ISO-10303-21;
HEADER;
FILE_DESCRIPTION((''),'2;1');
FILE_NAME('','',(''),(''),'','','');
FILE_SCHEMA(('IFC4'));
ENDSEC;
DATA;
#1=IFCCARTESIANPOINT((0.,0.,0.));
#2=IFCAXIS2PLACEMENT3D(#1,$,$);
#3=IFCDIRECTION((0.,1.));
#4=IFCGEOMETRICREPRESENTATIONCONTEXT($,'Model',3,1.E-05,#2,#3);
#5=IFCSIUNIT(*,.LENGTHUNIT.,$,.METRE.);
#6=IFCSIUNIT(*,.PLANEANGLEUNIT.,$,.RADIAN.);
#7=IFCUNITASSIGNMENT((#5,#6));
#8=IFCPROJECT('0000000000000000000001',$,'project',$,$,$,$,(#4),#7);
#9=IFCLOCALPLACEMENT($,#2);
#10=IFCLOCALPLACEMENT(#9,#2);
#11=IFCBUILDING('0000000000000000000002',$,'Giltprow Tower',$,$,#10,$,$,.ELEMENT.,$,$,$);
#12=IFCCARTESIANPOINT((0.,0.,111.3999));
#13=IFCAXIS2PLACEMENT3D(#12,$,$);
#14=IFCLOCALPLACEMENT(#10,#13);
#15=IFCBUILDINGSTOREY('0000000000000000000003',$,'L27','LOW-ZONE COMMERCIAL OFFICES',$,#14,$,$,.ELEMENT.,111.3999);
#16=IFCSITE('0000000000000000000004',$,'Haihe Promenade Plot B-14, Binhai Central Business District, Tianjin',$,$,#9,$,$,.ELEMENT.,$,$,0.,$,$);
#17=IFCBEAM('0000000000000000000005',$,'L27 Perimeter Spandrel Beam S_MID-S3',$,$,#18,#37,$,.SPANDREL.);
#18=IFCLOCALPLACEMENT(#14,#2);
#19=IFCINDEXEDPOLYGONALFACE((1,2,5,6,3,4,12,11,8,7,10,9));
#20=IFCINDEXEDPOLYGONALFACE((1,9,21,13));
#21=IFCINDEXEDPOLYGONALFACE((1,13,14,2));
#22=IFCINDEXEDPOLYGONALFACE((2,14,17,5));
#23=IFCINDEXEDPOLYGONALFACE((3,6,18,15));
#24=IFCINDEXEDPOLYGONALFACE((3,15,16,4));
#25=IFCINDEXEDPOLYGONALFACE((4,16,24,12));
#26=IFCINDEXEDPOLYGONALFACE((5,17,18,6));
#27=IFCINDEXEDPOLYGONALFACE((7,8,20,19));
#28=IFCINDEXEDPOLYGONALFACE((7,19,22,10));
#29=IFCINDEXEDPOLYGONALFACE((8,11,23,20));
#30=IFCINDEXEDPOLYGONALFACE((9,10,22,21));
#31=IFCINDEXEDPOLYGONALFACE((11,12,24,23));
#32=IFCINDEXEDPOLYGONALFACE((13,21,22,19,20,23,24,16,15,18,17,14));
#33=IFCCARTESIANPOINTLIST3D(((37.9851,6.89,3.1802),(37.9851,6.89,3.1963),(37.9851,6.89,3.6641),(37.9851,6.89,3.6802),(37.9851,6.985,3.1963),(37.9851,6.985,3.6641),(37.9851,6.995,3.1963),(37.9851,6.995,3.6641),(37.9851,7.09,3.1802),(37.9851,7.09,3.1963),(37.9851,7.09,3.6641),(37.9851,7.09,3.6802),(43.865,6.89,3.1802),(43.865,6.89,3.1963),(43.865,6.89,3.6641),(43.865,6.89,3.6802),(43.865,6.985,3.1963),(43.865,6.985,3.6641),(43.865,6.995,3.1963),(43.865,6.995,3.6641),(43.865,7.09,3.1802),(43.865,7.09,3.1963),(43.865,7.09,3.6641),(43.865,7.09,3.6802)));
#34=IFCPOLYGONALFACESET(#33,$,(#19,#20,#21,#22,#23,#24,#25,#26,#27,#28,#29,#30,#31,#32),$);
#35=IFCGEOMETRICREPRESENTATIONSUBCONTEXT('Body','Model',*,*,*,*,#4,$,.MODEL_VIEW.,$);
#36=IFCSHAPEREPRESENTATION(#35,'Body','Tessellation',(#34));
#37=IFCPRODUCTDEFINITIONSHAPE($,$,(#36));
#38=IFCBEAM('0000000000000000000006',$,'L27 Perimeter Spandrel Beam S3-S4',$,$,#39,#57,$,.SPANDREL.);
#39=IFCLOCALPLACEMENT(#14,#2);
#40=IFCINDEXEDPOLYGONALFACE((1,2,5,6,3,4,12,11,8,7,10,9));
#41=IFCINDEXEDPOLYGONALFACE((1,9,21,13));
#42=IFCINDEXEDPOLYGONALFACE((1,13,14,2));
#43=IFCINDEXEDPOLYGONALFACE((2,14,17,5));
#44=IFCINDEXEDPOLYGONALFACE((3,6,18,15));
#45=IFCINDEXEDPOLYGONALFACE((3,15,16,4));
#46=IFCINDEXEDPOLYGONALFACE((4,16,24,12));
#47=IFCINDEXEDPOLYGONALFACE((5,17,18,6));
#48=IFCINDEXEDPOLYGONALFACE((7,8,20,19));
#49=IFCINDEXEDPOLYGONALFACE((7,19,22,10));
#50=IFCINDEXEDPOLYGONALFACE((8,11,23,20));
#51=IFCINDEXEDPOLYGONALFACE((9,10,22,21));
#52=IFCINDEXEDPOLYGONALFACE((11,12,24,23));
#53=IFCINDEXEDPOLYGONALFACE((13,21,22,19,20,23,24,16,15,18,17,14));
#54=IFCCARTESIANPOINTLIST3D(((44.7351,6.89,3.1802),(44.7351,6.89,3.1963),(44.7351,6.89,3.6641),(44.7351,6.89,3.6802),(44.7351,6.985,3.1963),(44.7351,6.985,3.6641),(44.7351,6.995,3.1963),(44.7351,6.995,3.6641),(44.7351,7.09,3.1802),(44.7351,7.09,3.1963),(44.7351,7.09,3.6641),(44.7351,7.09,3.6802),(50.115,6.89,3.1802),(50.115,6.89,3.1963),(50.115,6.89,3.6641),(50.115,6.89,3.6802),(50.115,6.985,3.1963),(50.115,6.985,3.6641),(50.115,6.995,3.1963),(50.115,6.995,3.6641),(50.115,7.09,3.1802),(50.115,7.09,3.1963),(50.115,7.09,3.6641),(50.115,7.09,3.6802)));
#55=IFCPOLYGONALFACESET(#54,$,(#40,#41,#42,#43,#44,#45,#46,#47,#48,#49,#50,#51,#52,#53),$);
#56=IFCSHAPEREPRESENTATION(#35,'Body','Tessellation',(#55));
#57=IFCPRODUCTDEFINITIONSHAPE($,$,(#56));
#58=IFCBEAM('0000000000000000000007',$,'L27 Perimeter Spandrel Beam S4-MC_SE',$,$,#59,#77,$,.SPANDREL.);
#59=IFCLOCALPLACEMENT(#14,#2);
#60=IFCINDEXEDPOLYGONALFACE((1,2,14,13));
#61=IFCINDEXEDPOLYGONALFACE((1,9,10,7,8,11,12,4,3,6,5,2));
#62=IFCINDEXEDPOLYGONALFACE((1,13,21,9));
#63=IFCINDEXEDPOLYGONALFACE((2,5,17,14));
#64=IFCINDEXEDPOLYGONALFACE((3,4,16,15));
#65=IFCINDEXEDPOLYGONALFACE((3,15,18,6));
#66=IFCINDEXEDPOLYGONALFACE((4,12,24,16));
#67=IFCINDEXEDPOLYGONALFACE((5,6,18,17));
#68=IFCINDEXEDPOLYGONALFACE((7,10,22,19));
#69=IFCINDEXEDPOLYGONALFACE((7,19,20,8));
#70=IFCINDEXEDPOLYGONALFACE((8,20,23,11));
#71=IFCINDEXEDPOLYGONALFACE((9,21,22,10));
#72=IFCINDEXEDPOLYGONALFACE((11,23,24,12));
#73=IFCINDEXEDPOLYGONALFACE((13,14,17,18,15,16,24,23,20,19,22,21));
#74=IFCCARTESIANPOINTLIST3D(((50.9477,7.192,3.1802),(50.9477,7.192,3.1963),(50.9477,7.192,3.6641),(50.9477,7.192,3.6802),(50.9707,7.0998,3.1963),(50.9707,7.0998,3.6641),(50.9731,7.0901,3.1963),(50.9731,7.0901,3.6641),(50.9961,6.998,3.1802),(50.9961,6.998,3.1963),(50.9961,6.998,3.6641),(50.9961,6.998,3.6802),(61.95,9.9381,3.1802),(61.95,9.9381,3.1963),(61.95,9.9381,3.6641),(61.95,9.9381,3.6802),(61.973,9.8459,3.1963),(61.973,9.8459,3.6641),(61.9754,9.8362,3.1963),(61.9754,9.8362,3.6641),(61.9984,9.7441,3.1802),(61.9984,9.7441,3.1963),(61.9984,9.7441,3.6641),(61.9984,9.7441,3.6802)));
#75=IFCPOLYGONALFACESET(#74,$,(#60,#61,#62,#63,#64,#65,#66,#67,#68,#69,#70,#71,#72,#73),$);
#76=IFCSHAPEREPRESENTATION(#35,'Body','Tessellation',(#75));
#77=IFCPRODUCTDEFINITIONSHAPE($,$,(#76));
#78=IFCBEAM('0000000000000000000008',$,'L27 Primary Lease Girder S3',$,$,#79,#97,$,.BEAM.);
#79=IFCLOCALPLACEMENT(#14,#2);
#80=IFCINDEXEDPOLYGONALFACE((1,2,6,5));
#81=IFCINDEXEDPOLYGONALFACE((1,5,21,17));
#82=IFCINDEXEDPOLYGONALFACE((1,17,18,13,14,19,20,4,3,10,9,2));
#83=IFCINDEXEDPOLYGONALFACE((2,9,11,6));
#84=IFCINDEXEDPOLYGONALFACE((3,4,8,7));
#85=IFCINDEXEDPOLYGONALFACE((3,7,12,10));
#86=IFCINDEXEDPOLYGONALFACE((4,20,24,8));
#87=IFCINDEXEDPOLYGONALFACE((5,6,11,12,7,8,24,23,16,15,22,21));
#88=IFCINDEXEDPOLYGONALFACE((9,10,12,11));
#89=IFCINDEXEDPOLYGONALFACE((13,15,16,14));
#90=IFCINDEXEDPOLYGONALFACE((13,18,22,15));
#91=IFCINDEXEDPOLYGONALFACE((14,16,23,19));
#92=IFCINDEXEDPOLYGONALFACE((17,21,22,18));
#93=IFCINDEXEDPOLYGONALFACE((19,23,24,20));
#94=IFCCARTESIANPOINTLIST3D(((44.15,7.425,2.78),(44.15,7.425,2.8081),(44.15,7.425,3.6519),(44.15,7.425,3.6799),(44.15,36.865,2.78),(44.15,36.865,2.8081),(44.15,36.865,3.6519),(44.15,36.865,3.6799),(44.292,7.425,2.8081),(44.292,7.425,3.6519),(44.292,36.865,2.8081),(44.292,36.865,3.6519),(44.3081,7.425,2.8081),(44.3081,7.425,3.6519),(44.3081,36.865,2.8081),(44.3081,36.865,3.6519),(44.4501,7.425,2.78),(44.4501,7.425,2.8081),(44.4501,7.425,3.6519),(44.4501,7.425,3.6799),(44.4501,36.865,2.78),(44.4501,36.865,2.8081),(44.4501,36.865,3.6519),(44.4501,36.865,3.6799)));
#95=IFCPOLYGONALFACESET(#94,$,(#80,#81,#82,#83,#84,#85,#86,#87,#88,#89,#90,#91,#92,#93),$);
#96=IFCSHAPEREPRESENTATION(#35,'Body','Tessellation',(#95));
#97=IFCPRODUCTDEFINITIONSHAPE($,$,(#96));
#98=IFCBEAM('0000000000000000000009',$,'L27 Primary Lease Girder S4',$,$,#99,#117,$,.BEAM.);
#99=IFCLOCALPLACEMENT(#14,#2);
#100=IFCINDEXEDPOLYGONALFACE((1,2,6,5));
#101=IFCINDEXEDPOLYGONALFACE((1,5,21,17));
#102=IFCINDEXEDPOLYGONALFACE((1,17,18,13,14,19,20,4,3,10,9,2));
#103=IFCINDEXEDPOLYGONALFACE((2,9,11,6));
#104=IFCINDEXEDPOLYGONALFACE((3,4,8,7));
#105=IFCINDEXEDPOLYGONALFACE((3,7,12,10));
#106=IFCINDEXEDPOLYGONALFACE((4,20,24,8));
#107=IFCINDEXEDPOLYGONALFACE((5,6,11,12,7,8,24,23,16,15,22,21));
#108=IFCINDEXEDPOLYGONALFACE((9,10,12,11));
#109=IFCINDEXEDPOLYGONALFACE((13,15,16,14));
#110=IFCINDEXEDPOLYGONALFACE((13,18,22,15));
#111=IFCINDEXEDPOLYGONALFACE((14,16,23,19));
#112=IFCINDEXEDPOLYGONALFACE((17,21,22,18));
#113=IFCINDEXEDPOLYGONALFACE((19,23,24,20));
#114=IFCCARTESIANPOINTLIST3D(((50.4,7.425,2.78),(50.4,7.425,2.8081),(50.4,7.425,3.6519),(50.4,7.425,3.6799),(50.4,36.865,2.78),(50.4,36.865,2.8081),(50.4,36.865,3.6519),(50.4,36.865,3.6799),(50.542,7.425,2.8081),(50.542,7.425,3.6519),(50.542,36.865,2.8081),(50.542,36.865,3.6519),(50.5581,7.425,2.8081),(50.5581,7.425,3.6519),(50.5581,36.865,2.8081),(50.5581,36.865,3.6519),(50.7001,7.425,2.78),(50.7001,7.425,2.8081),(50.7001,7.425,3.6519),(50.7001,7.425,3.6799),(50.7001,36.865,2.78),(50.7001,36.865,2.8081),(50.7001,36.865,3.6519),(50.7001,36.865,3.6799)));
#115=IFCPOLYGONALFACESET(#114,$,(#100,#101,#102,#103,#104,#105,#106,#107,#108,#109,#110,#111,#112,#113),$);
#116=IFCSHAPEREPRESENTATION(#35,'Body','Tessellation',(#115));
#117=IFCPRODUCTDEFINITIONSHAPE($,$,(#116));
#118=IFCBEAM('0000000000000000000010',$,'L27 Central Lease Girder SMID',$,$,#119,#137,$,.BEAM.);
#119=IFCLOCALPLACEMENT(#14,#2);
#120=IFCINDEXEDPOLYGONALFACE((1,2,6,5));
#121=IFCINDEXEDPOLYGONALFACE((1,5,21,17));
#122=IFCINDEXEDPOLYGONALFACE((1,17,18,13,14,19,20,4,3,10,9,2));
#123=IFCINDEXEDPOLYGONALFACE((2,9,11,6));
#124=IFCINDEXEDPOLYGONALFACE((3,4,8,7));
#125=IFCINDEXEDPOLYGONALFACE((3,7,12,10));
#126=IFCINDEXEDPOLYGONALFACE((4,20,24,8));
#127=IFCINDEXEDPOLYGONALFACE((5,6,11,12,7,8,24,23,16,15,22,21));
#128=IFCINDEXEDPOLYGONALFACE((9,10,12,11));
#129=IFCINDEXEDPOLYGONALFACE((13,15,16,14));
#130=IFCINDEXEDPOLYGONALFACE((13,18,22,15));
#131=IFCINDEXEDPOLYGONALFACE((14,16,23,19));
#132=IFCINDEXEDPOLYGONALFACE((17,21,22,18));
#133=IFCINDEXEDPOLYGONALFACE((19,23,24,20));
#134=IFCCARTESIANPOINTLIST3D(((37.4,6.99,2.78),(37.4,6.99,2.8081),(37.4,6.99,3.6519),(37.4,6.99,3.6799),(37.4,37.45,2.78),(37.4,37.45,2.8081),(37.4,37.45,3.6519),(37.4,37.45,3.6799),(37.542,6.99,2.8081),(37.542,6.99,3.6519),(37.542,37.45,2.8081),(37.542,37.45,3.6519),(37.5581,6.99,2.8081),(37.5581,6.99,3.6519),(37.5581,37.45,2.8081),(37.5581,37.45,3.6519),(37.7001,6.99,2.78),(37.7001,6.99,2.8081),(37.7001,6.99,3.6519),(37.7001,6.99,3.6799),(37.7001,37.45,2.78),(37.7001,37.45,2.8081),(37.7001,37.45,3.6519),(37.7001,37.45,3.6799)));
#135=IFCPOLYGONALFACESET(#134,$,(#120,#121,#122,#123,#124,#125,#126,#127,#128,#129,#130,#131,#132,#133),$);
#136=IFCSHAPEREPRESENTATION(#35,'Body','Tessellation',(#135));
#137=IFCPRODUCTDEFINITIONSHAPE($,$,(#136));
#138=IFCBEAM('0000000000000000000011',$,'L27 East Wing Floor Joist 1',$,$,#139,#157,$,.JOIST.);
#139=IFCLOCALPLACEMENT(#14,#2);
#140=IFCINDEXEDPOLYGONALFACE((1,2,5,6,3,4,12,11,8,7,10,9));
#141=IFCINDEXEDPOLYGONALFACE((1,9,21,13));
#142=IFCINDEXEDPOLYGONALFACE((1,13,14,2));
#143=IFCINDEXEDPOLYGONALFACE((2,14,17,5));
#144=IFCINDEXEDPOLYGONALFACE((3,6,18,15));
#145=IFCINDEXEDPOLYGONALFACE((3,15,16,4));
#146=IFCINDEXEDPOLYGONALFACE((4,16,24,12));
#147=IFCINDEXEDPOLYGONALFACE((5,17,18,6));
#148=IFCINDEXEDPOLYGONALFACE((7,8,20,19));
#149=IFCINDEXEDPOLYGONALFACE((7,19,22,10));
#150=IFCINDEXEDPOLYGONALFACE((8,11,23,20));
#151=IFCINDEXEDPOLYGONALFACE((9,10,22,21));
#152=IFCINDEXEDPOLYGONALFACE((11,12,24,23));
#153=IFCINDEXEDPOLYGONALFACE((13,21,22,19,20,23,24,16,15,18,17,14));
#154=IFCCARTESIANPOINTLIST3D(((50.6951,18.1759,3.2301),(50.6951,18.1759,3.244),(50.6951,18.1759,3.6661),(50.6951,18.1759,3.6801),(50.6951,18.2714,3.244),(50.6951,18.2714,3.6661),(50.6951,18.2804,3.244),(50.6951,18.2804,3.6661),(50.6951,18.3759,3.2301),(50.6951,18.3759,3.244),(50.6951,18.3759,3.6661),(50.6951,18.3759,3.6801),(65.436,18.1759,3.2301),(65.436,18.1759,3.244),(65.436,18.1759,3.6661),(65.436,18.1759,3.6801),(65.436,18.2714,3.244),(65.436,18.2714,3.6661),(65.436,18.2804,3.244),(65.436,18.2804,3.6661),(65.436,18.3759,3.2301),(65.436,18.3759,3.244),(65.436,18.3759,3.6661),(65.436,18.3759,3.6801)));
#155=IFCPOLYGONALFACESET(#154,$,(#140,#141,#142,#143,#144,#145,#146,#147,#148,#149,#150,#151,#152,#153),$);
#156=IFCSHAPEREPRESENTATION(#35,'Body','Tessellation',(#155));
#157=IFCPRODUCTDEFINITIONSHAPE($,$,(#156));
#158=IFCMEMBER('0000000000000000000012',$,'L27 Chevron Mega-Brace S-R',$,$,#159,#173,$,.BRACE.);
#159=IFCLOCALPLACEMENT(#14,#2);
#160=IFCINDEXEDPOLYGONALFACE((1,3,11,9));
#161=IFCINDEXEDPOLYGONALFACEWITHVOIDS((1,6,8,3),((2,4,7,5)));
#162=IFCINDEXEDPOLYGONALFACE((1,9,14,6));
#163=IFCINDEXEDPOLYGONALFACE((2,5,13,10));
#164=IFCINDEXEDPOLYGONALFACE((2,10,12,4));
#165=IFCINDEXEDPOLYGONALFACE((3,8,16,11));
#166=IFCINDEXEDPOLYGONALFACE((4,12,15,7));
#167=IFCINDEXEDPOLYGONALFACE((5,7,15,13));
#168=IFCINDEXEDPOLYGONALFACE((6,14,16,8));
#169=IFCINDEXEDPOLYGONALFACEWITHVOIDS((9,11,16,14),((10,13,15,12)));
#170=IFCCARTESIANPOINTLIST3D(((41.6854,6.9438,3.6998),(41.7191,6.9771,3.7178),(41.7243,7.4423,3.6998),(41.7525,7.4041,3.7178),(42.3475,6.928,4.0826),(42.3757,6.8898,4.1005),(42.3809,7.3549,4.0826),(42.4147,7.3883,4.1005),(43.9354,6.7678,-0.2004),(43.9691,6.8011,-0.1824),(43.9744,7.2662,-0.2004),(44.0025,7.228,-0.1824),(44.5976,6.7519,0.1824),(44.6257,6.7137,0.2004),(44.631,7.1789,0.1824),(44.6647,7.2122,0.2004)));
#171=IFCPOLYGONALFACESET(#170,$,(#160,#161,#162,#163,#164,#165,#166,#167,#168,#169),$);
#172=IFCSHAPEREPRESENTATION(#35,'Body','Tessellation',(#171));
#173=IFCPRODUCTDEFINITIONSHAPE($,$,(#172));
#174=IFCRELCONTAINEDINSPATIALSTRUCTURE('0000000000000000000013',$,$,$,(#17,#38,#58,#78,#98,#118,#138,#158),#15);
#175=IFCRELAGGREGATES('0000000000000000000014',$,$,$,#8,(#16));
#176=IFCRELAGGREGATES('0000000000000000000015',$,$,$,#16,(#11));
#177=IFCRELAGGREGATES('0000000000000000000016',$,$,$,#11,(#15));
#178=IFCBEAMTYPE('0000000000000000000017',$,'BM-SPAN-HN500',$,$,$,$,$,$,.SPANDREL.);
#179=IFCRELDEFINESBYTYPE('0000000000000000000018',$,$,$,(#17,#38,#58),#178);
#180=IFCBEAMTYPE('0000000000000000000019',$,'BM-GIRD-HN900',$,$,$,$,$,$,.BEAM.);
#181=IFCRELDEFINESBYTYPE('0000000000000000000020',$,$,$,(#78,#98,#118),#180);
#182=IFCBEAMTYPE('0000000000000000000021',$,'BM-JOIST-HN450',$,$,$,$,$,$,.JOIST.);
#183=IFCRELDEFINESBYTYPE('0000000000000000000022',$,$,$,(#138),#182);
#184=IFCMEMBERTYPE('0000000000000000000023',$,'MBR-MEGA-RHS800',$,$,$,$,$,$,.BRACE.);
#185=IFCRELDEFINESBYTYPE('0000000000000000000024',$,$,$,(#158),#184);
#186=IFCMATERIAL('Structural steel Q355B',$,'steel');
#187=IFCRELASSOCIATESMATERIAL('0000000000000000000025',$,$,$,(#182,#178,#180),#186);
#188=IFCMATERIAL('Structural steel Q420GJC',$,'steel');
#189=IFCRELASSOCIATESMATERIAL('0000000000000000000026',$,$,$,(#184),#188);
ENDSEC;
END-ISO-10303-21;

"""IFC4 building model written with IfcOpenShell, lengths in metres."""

from ifc_helpers import new_model, si_unit, direction, frame, origin, origin_2d, place, context, subcontext, project, spatial, hollow_rectangle, i_section, extrude, source, transform, mapped, material, material_profile, profile_set, type_object, element, save


model = new_model("IFC4")

# Units and contexts
model_context = context("Model", 3, precision=1e-05, world=origin(), true_north=direction((0.0, 1.0)))
body_context = subcontext(model_context, "Body", "Model", "MODEL_VIEW")
ifc_project = project(units=[si_unit("LENGTHUNIT", "METRE"), si_unit("PLANEANGLEUNIT", "RADIAN")], contexts=[model_context])

# Site, building, storey
site_placement = place(None, origin())
site = spatial("IfcSite", under=ifc_project, at=site_placement, Name="Haihe Promenade Plot B-14, Binhai Central Business District, Tianjin", CompositionType="ELEMENT", RefElevation=0.0)
building_placement = place(site_placement, origin())
building = spatial("IfcBuilding", under=site, at=building_placement, Name="Giltprow Tower", CompositionType="ELEMENT")
storey_placement = place(building_placement, frame((0.0, 0.0, 111.3999)))
storey = spatial("IfcBuildingStorey", under=building, at=storey_placement, Name="L27", Description="LOW-ZONE COMMERCIAL OFFICES", CompositionType="ELEMENT", Elevation=111.3999)

# Shared definitions
ifc_material_1 = material(Name="Structural steel Q420GJC", Category="steel")

# Beams
ifc_material_2 = material(Name="Structural steel Q355B", Category="steel")
ifc_material_profile_1 = material_profile(ifc_material_2, i_section(OverallWidth=0.2, OverallDepth=0.45, WebThickness=0.009, FlangeThickness=0.0139, at=origin_2d()), Name="HN 450x200x9x14")
ifc_profile_set_1 = profile_set([ifc_material_profile_1], Name="Structural steel Q355B")
beam_type_1 = type_object("IfcBeamType", Name="BM-JOIST-HN450", PredefinedType="JOIST", material=ifc_profile_set_1)
ifc_material_profile_2 = material_profile(ifc_material_2, i_section(OverallWidth=0.2, OverallDepth=0.5, WebThickness=0.01, FlangeThickness=0.0161, at=origin_2d()), Name="HN 500x200x10x16")
ifc_profile_set_2 = profile_set([ifc_material_profile_2], Name="Structural steel Q355B")
beam_type_2 = type_object("IfcBeamType", Name="BM-SPAN-HN500", PredefinedType="SPANDREL", material=ifc_profile_set_2)
shared_shape_1 = source(origin(), body_context, "Body", "SweptSolid", [
    extrude(i_section(OverallWidth=0.2, OverallDepth=0.5, WebThickness=0.01, FlangeThickness=0.0161, at=origin_2d()), origin(), (0.0, 0.0, 1.0), 5.8799),
])
beam_1_placement = place(storey_placement, frame((37.9851, 6.99, 3.4302), z_axis=(1.0, 0.0, 0.0), x_axis=(0.0, 1.0, 0.0)))
element("IfcBeam", 1, at=beam_1_placement, inside=storey, type_object=beam_type_2, Name="L27 Perimeter Spandrel Beam S_MID-S3", PredefinedType="SPANDREL", context=body_context, shape_type="MappedRepresentation", body=[
    mapped(shared_shape_1, transform((0.0, 0.0, 0.0), x_axis=(1.0, 0.0, 0.0), y_axis=(0.0, 1.0, 0.0), z_axis=(0.0, 0.0, 1.0), scale=1.0)),
])
shared_shape_2 = source(origin(), body_context, "Body", "SweptSolid", [
    extrude(i_section(OverallWidth=0.2, OverallDepth=0.5, WebThickness=0.01, FlangeThickness=0.0161, at=origin_2d()), origin(), (0.0, 0.0, 1.0), 5.3799),
])
beam_2_placement = place(storey_placement, frame((44.7351, 6.99, 3.4302), z_axis=(1.0, 0.0, 0.0), x_axis=(0.0, 1.0, 0.0)))
element("IfcBeam", 2, at=beam_2_placement, inside=storey, type_object=beam_type_2, Name="L27 Perimeter Spandrel Beam S3-S4", PredefinedType="SPANDREL", context=body_context, shape_type="MappedRepresentation", body=[
    mapped(shared_shape_2, transform((0.0, 0.0, 0.0), x_axis=(1.0, 0.0, 0.0), y_axis=(0.0, 1.0, 0.0), z_axis=(0.0, 0.0, 1.0), scale=1.0)),
])
shared_shape_3 = source(origin(), body_context, "Body", "SweptSolid", [
    extrude(i_section(OverallWidth=0.2, OverallDepth=0.5, WebThickness=0.01, FlangeThickness=0.0161, at=origin_2d()), origin(), (0.0, 0.0, 1.0), 11.3398),
])
beam_3_placement = place(storey_placement, frame((50.9719, 7.095, 3.4302), z_axis=(0.970235, 0.242166, 0.0), x_axis=(-0.242166, 0.970235, 0.0)))
element("IfcBeam", 3, at=beam_3_placement, inside=storey, type_object=beam_type_2, Name="L27 Perimeter Spandrel Beam S4-MC_SE", PredefinedType="SPANDREL", context=body_context, shape_type="MappedRepresentation", body=[
    mapped(shared_shape_3, transform((0.0, 0.0, 0.0), x_axis=(1.0, 0.0, 0.0), y_axis=(0.0, 1.0, 0.0), z_axis=(0.0, 0.0, 1.0), scale=1.0)),
])
ifc_material_profile_3 = material_profile(ifc_material_2, i_section(OverallWidth=0.3, OverallDepth=0.8999, WebThickness=0.0161, FlangeThickness=0.0281, at=origin_2d()), Name="HN 900x300x16x28")
ifc_profile_set_3 = profile_set([ifc_material_profile_3], Name="Structural steel Q355B")
beam_type_3 = type_object("IfcBeamType", Name="BM-GIRD-HN900", PredefinedType="BEAM", material=ifc_profile_set_3)
shared_shape_4 = source(origin(), body_context, "Body", "SweptSolid", [
    extrude(i_section(OverallWidth=0.3, OverallDepth=0.8999, WebThickness=0.0161, FlangeThickness=0.0281, at=origin_2d()), origin(), (0.0, 0.0, 1.0), 29.4399),
])
for number, where, z_axis, x_axis, name in (
    (4, (44.3, 7.425, 3.23), (0.0, 1.0, 0.0), (-1.0, 0.0, 0.0), "L27 Primary Lease Girder S3"),
    (5, (50.55, 7.425, 3.23), (0.0, 1.0, 0.0), (-1.0, 0.0, 0.0), "L27 Primary Lease Girder S4"),
):
    element("IfcBeam", number, at=place(storey_placement, frame(where, z_axis=z_axis, x_axis=x_axis)), inside=storey, type_object=beam_type_3, Name=name, PredefinedType="BEAM", context=body_context, shape_type="MappedRepresentation", body=[
        mapped(shared_shape_4, transform((0.0, 0.0, 0.0), x_axis=(1.0, 0.0, 0.0), y_axis=(0.0, 1.0, 0.0), z_axis=(0.0, 0.0, 1.0), scale=1.0)),
    ])
shared_shape_5 = source(origin(), body_context, "Body", "SweptSolid", [
    extrude(i_section(OverallWidth=0.3, OverallDepth=0.8999, WebThickness=0.0161, FlangeThickness=0.0281, at=origin_2d()), origin(), (0.0, 0.0, 1.0), 30.46),
])
beam_4_placement = place(storey_placement, frame((37.55, 6.99, 3.23), z_axis=(0.0, 1.0, 0.0), x_axis=(-1.0, 0.0, 0.0)))
element("IfcBeam", 6, at=beam_4_placement, inside=storey, type_object=beam_type_3, Name="L27 Central Lease Girder SMID", PredefinedType="BEAM", context=body_context, shape_type="MappedRepresentation", body=[
    mapped(shared_shape_5, transform((0.0, 0.0, 0.0), x_axis=(1.0, 0.0, 0.0), y_axis=(0.0, 1.0, 0.0), z_axis=(0.0, 0.0, 1.0), scale=1.0)),
])
shared_shape_6 = source(origin(), body_context, "Body", "SweptSolid", [
    extrude(i_section(OverallWidth=0.2, OverallDepth=0.45, WebThickness=0.009, FlangeThickness=0.0139, at=origin_2d()), origin(), (0.0, 0.0, 1.0), 14.741),
])
beam_5_placement = place(storey_placement, frame((50.6951, 18.2759, 3.4551), z_axis=(1.0, 0.0, 0.0), x_axis=(0.0, 1.0, 0.0)))
element("IfcBeam", 7, at=beam_5_placement, inside=storey, type_object=beam_type_1, Name="L27 East Wing Floor Joist 1", PredefinedType="JOIST", context=body_context, shape_type="MappedRepresentation", body=[
    mapped(shared_shape_6, transform((0.0, 0.0, 0.0), x_axis=(1.0, 0.0, 0.0), y_axis=(0.0, 1.0, 0.0), z_axis=(0.0, 0.0, 1.0), scale=1.0)),
])

# Member
ifc_material_profile_4 = material_profile(ifc_material_1, hollow_rectangle(XDim=0.5, YDim=0.8, WallThickness=0.0359, at=origin_2d()), Name="RHS 800x500x36")
ifc_profile_set_4 = profile_set([ifc_material_profile_4], Name="Structural steel Q420GJC")
member_type_1 = type_object("IfcMemberType", Name="MBR-MEGA-RHS800", PredefinedType="BRACE", material=ifc_profile_set_4)
shared_shape_7 = source(origin(), body_context, "Body", "SweptSolid", [
    extrude(hollow_rectangle(XDim=0.5, YDim=0.8, WallThickness=0.0359, at=origin_2d()), origin(), (0.0, 0.0, 1.0), 4.5061),
])
member_1_placement = place(storey_placement, frame((44.3, 6.99, 0.0), z_axis=(-0.499327, 0.039064, 0.865533), x_axis=(-0.077995, -0.996954, 0.0)))
element("IfcMember", 8, at=member_1_placement, inside=storey, type_object=member_type_1, Name="L27 Chevron Mega-Brace S-R", PredefinedType="BRACE", context=body_context, shape_type="MappedRepresentation", body=[
    mapped(shared_shape_7, transform((0.0, 0.0, 0.0), x_axis=(1.0, 0.0, 0.0), y_axis=(0.0, 1.0, 0.0), z_axis=(0.0, 0.0, 1.0), scale=1.0)),
])

save(model, "model.ifc")
